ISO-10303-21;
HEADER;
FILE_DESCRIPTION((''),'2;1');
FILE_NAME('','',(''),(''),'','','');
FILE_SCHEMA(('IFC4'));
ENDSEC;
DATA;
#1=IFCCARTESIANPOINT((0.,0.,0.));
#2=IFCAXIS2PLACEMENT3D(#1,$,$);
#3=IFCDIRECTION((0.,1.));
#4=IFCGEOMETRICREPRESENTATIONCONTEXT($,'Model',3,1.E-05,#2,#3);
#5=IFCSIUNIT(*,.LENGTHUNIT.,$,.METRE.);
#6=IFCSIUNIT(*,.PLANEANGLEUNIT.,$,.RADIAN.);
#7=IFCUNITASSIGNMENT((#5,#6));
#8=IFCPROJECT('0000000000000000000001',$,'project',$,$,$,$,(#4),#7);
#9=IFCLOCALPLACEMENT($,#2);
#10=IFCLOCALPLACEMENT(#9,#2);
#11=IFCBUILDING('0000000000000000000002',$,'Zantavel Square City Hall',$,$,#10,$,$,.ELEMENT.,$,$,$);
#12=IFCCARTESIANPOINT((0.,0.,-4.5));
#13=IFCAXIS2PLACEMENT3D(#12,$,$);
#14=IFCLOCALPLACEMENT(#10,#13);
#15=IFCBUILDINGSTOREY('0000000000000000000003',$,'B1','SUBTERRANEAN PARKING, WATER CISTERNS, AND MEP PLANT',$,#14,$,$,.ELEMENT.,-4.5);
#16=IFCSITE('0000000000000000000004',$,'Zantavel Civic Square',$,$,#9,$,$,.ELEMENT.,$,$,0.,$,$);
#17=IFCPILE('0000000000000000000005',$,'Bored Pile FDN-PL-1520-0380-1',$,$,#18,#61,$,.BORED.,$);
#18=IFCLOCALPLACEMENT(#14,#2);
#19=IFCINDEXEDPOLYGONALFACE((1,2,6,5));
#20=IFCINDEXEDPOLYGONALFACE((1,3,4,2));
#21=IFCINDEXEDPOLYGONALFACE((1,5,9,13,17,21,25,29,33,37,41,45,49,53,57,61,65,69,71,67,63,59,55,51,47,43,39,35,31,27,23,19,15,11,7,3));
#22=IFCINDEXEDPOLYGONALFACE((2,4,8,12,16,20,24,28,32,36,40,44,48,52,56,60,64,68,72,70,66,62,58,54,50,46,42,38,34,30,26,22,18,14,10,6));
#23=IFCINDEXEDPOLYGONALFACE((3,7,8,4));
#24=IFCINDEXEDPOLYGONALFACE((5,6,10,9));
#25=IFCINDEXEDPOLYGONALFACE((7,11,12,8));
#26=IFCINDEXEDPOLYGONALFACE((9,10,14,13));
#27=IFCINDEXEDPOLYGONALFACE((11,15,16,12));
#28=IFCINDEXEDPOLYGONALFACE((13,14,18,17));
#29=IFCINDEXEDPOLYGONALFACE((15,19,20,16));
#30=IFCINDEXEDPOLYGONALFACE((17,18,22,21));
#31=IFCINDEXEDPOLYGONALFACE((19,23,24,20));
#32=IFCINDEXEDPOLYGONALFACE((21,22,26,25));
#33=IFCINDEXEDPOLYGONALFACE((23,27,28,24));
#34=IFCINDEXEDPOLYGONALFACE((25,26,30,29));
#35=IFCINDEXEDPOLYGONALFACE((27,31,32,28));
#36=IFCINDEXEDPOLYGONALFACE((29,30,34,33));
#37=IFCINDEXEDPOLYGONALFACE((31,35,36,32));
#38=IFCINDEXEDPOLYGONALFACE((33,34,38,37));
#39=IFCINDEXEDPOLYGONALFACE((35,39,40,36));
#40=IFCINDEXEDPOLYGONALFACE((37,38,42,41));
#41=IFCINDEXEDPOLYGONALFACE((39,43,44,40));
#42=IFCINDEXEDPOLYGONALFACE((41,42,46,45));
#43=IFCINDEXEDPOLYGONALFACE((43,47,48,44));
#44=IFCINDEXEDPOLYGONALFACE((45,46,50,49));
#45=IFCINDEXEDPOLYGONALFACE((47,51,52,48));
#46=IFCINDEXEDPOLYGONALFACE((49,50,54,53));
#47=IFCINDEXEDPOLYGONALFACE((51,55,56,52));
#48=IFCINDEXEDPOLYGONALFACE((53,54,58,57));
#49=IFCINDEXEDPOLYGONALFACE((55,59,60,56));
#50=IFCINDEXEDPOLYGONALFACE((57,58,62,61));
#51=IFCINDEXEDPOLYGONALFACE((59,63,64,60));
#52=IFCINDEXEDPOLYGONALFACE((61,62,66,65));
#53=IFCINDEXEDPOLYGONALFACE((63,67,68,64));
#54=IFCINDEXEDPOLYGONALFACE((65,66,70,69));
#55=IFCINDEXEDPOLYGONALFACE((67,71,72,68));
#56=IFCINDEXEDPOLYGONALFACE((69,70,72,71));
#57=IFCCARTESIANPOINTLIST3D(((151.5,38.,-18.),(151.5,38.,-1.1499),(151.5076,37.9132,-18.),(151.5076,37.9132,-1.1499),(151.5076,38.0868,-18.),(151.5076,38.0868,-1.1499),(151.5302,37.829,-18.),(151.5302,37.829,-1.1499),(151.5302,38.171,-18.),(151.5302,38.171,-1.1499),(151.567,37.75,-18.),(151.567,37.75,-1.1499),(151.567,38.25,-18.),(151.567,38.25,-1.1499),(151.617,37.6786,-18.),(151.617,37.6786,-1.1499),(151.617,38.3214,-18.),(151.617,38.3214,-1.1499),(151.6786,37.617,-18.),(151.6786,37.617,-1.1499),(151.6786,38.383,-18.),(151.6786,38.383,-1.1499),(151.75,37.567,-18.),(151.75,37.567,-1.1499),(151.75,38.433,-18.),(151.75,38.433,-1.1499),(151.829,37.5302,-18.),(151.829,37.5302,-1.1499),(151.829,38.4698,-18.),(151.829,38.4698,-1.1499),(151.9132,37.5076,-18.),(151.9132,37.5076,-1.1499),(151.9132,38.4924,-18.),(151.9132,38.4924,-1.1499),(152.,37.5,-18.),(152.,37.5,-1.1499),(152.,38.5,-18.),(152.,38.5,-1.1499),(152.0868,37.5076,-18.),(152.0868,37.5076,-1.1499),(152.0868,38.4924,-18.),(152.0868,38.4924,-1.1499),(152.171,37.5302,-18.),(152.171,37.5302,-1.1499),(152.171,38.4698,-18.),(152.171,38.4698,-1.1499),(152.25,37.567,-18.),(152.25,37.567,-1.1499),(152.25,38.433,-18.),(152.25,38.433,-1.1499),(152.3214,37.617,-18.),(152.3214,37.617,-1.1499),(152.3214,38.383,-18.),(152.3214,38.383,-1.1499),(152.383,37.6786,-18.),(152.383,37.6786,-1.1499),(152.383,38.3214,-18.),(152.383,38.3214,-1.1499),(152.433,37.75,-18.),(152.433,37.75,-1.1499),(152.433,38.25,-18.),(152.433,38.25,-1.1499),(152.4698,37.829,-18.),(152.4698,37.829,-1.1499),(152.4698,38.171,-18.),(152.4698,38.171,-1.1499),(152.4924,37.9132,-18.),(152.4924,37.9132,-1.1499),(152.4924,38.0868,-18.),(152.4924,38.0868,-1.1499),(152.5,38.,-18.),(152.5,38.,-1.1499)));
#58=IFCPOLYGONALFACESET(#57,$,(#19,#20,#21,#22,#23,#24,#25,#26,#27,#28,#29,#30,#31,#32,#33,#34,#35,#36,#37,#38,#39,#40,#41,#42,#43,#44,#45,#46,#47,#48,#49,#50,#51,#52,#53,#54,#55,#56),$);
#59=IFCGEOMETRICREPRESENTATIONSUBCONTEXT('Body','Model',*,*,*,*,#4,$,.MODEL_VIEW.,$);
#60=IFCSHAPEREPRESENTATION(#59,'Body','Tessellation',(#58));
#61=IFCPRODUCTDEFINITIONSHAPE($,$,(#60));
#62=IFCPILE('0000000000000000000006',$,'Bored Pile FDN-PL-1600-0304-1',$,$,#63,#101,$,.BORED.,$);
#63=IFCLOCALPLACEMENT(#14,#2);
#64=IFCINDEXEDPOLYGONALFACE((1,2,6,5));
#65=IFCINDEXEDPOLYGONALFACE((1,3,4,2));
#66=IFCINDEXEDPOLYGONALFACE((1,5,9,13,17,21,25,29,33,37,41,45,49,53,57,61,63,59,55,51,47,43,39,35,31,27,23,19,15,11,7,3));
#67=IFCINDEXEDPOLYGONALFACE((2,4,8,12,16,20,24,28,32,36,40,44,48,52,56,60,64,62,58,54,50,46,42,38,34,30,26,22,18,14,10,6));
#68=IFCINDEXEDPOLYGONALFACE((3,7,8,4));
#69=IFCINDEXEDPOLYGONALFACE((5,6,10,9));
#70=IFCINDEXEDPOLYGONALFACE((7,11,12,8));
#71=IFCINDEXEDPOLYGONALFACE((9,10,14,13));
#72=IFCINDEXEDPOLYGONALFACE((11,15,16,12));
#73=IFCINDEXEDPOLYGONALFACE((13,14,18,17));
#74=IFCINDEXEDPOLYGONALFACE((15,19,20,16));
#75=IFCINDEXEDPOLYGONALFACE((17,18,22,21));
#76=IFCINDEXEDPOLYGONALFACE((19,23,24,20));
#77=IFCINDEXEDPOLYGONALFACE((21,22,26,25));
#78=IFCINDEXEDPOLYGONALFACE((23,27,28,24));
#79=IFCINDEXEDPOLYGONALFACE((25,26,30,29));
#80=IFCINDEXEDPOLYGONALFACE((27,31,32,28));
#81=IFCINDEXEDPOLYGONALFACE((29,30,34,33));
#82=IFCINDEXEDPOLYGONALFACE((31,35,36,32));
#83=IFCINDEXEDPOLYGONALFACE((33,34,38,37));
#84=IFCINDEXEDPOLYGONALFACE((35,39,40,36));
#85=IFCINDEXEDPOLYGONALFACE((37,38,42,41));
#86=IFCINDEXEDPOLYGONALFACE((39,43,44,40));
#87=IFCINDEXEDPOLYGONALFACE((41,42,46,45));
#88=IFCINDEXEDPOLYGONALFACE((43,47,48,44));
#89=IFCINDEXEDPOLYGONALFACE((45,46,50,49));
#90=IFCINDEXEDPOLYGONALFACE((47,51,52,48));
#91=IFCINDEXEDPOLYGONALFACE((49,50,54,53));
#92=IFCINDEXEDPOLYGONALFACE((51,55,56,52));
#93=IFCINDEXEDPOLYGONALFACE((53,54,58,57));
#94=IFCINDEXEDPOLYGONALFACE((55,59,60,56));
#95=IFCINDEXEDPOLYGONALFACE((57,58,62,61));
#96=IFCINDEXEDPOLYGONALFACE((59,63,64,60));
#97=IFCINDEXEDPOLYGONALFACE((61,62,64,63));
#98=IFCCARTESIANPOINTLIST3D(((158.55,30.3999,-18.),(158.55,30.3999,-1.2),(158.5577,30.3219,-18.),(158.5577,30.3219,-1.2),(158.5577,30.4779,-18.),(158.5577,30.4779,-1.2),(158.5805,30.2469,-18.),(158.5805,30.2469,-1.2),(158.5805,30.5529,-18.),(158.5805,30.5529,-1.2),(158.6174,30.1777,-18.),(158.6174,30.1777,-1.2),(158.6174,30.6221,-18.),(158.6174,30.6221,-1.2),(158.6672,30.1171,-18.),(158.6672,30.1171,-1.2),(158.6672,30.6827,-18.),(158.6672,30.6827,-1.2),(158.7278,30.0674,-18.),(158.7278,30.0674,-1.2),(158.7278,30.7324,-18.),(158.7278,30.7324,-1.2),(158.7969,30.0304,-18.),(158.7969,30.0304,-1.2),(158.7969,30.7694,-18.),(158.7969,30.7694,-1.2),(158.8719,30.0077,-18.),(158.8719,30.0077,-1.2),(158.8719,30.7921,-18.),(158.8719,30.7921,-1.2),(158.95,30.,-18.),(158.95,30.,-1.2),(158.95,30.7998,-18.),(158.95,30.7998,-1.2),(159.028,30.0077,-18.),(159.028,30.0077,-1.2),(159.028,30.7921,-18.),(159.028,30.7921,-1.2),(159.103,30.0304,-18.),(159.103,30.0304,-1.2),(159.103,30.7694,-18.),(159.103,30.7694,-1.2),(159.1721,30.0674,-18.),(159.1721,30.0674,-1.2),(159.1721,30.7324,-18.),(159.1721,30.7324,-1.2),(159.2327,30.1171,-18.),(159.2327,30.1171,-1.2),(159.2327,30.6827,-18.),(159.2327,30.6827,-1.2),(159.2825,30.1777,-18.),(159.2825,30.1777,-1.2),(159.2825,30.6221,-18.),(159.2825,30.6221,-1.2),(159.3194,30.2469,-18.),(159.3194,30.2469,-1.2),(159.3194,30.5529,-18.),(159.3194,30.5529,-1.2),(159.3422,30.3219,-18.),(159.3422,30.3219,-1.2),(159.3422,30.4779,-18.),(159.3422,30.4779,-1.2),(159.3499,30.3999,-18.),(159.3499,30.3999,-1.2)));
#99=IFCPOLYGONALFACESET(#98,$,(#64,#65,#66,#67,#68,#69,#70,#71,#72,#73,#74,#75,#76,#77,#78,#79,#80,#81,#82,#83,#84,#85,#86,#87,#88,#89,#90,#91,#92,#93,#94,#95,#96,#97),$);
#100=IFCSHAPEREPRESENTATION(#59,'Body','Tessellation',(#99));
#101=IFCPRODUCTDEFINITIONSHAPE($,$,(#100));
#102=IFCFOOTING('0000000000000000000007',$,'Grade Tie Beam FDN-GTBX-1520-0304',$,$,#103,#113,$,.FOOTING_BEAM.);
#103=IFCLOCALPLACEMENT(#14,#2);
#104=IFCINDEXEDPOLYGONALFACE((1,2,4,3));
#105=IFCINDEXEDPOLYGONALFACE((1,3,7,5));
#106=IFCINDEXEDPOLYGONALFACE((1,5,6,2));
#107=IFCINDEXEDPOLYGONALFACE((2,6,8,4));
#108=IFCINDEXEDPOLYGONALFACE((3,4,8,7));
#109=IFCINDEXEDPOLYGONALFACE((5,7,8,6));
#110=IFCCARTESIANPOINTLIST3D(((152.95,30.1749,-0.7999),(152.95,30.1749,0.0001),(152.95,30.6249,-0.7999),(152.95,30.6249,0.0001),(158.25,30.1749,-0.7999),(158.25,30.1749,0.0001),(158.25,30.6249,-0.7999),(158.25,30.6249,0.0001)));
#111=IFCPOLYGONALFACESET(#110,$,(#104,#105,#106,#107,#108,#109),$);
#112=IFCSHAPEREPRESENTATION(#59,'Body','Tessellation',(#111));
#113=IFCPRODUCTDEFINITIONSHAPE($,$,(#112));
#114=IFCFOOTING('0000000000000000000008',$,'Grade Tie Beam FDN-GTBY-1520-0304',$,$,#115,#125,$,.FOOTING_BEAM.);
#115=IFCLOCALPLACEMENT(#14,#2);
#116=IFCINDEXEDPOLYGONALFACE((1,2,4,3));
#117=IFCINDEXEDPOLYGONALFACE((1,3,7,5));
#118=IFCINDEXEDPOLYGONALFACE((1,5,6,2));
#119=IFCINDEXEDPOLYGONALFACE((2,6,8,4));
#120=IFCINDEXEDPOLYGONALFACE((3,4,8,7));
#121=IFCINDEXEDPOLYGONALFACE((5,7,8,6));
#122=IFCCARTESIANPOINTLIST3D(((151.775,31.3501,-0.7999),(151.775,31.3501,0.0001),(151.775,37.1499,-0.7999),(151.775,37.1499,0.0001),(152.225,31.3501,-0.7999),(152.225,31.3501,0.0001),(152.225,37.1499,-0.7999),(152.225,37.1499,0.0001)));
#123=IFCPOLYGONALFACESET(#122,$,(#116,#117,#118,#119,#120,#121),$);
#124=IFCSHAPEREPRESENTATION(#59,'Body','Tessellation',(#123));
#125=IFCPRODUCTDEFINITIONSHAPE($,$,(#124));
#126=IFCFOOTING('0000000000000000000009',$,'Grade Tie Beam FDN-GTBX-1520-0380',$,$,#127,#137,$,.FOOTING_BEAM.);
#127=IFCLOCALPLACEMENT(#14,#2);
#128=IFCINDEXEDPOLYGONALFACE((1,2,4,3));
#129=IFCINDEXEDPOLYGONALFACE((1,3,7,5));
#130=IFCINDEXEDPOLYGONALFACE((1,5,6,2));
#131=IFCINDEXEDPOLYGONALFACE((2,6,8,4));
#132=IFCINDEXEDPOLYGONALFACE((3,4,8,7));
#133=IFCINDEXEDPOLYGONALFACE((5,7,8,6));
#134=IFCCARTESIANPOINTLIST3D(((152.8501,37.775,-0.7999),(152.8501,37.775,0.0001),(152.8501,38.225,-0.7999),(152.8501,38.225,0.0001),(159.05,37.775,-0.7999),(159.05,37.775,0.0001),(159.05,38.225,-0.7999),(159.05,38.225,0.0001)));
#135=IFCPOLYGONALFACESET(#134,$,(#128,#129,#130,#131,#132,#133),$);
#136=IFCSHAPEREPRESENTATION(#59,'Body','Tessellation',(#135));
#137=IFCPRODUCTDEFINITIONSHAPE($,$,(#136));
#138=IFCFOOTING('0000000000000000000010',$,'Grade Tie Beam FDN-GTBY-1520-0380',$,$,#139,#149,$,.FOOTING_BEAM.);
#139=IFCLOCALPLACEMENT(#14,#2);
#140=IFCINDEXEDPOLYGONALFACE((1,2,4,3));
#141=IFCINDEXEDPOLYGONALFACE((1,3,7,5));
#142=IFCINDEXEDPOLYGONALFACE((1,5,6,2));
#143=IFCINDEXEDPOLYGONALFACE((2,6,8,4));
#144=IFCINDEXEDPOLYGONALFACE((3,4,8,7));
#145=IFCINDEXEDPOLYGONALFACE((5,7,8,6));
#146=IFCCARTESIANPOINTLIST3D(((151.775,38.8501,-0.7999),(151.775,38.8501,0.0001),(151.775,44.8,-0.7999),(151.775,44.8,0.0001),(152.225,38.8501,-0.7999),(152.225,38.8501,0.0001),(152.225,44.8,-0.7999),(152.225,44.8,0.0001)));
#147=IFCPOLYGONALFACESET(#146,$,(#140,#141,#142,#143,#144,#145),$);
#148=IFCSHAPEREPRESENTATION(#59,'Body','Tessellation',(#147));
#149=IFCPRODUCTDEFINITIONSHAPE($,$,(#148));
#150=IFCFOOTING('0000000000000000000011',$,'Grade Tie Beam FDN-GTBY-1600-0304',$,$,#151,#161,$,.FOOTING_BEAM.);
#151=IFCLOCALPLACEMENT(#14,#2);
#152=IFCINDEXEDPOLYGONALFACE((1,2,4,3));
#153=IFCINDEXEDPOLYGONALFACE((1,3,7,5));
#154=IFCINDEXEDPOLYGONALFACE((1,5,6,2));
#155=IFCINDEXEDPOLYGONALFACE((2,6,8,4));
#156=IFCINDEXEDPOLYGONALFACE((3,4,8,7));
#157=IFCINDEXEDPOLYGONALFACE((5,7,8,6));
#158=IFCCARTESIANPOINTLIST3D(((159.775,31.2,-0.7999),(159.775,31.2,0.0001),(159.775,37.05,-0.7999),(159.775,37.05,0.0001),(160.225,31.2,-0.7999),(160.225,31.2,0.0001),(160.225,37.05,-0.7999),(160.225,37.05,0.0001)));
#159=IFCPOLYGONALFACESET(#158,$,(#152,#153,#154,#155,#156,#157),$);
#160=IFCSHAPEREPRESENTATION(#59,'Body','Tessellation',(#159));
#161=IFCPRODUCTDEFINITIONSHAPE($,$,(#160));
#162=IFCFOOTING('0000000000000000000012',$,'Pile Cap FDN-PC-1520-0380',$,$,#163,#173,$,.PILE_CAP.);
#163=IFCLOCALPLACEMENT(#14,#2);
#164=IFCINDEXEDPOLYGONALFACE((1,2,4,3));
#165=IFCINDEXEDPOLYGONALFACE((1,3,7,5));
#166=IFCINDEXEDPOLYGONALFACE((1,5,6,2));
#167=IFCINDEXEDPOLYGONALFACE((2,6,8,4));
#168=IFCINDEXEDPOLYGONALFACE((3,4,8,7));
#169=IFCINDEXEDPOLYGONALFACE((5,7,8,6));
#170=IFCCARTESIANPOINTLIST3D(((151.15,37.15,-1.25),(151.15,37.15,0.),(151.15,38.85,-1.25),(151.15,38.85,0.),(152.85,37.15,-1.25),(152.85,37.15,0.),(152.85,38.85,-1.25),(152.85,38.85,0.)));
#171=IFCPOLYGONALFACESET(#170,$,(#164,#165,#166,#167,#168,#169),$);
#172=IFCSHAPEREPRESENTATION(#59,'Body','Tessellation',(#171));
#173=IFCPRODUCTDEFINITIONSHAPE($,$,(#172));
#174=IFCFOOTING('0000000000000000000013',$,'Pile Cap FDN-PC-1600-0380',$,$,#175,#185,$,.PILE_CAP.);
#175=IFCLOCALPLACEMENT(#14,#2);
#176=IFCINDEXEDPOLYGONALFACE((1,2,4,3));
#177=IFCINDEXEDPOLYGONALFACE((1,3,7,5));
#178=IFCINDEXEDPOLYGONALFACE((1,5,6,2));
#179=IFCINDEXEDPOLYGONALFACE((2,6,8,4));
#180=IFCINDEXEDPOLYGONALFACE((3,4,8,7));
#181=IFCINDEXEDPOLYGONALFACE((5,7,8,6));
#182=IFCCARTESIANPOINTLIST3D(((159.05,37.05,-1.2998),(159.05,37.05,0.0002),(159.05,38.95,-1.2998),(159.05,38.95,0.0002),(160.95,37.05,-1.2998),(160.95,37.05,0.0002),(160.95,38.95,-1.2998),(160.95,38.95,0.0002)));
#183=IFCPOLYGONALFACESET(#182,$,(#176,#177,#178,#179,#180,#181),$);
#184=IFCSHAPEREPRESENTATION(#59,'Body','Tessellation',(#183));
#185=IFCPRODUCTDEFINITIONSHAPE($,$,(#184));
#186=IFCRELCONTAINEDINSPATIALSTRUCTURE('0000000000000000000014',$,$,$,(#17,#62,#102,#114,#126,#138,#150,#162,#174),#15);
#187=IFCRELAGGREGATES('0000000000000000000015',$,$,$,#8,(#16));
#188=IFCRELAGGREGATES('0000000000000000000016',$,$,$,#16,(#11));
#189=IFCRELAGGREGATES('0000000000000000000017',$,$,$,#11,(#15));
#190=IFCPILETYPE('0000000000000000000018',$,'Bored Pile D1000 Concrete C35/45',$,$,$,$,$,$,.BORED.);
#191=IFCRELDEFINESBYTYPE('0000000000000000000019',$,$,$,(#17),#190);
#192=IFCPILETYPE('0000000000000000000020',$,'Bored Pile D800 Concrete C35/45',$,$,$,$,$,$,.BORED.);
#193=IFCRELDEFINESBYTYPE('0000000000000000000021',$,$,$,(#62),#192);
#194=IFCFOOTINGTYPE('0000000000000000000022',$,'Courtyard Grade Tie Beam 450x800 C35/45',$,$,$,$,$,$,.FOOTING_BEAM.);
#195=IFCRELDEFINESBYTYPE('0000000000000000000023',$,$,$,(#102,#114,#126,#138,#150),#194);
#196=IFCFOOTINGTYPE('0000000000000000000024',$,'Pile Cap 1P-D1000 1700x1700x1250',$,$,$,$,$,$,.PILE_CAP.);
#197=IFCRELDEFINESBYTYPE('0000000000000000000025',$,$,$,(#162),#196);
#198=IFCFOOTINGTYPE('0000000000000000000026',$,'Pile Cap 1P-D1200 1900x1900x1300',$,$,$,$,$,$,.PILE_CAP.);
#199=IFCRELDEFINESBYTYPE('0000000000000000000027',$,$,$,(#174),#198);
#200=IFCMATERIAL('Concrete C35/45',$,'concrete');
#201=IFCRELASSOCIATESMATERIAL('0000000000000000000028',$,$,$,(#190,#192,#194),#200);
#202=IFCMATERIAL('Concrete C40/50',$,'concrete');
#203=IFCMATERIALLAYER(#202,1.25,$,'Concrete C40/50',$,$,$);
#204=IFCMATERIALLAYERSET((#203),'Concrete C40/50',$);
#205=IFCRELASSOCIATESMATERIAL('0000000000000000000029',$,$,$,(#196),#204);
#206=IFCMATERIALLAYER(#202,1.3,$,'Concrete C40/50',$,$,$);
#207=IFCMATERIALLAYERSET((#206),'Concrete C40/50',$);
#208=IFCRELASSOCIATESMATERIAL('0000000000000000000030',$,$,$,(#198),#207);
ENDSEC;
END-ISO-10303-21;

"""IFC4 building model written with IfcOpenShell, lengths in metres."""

from ifc_helpers import new_model, si_unit, direction, frame, origin, origin_2d, place, context, subcontext, project, spatial, rectangle, circle, extrude, material, layer, layer_set, material_profile, profile_set, type_object, element, save


model = new_model("IFC4")

# Units and contexts
model_context = context("Model", 3, precision=1e-05, world=origin(), true_north=direction((0.0, 1.0)))
body_context = subcontext(model_context, "Body", "Model", "MODEL_VIEW")
ifc_project = project(units=[si_unit("LENGTHUNIT", "METRE"), si_unit("PLANEANGLEUNIT", "RADIAN")], contexts=[model_context])

# Site, building, storey
site_placement = place(None, origin())
site = spatial("IfcSite", under=ifc_project, at=site_placement, Name="Zantavel Civic Square", CompositionType="ELEMENT", RefElevation=0.0)
building_placement = place(site_placement, origin())
building = spatial("IfcBuilding", under=site, at=building_placement, Name="Zantavel Square City Hall", CompositionType="ELEMENT")
storey_placement = place(building_placement, frame((0.0, 0.0, -4.5)))
storey = spatial("IfcBuildingStorey", under=building, at=storey_placement, Name="B1", Description="SUBTERRANEAN PARKING, WATER CISTERNS, AND MEP PLANT", CompositionType="ELEMENT", Elevation=-4.5)

# Piles
ifc_material_1 = material(Name="Concrete C35/45", Category="concrete")
ifc_material_profile_1 = material_profile(ifc_material_1, circle(Radius=0.5, at=origin_2d()), Name="PILE D1000")
ifc_profile_set_1 = profile_set([ifc_material_profile_1], Name="Concrete C35/45")
pile_type_1 = type_object("IfcPileType", Name="Bored Pile D1000 Concrete C35/45", PredefinedType="BORED", material=ifc_profile_set_1)
pile_1_placement = place(storey_placement, frame((152.0, 38.0, -1.1499), z_axis=(0.0, 0.0, -1.0), x_axis=(1.0, 0.0, 0.0)))
element("IfcPile", 1, at=pile_1_placement, inside=storey, type_object=pile_type_1, Name="Bored Pile FDN-PL-1520-0380-1", PredefinedType="BORED", context=body_context, shape_type="SweptSolid", body=[
    extrude(circle(Radius=0.5, at=origin_2d()), origin(), (0.0, 0.0, 1.0), 16.8501),
])
ifc_material_profile_2 = material_profile(ifc_material_1, circle(Radius=0.3999, at=origin_2d()), Name="PILE D800")
ifc_profile_set_2 = profile_set([ifc_material_profile_2], Name="Concrete C35/45")
pile_type_2 = type_object("IfcPileType", Name="Bored Pile D800 Concrete C35/45", PredefinedType="BORED", material=ifc_profile_set_2)
pile_2_placement = place(storey_placement, frame((158.95, 30.3999, -1.2), z_axis=(0.0, 0.0, -1.0), x_axis=(1.0, 0.0, 0.0)))
element("IfcPile", 2, at=pile_2_placement, inside=storey, type_object=pile_type_2, Name="Bored Pile FDN-PL-1600-0304-1", PredefinedType="BORED", context=body_context, shape_type="SweptSolid", body=[
    extrude(circle(Radius=0.3999, at=origin_2d()), origin(), (0.0, 0.0, 1.0), 16.8),
])

# Footings
ifc_material_profile_3 = material_profile(ifc_material_1, rectangle(XDim=0.45, YDim=0.8, at=origin_2d()), Name="RC 450x800")
ifc_profile_set_3 = profile_set([ifc_material_profile_3], Name="Concrete C35/45")
footing_type_1 = type_object("IfcFootingType", Name="Courtyard Grade Tie Beam 450x800 C35/45", PredefinedType="FOOTING_BEAM", material=ifc_profile_set_3)
footing_1_placement = place(storey_placement, frame((152.95, 30.3999, -0.3999), z_axis=(1.0, 0.0, 0.0), x_axis=(0.0, 1.0, 0.0)))
element("IfcFooting", 3, at=footing_1_placement, inside=storey, type_object=footing_type_1, Name="Grade Tie Beam FDN-GTBX-1520-0304", PredefinedType="FOOTING_BEAM", context=body_context, shape_type="SweptSolid", body=[
    extrude(rectangle(XDim=0.45, YDim=0.8, at=origin_2d()), origin(), (0.0, 0.0, 1.0), 5.3),
])
footing_2_placement = place(storey_placement, frame((152.0, 31.3501, -0.3999), z_axis=(0.0, 1.0, 0.0), x_axis=(-1.0, 0.0, 0.0)))
element("IfcFooting", 4, at=footing_2_placement, inside=storey, type_object=footing_type_1, Name="Grade Tie Beam FDN-GTBY-1520-0304", PredefinedType="FOOTING_BEAM", context=body_context, shape_type="SweptSolid", body=[
    extrude(rectangle(XDim=0.45, YDim=0.8, at=origin_2d()), origin(), (0.0, 0.0, 1.0), 5.7998),
])
footing_3_placement = place(storey_placement, frame((152.8501, 38.0, -0.3999), z_axis=(1.0, 0.0, 0.0), x_axis=(0.0, 1.0, 0.0)))
element("IfcFooting", 5, at=footing_3_placement, inside=storey, type_object=footing_type_1, Name="Grade Tie Beam FDN-GTBX-1520-0380", PredefinedType="FOOTING_BEAM", context=body_context, shape_type="SweptSolid", body=[
    extrude(rectangle(XDim=0.45, YDim=0.8, at=origin_2d()), origin(), (0.0, 0.0, 1.0), 6.2),
])
footing_4_placement = place(storey_placement, frame((152.0, 38.8501, -0.3999), z_axis=(0.0, 1.0, 0.0), x_axis=(-1.0, 0.0, 0.0)))
element("IfcFooting", 6, at=footing_4_placement, inside=storey, type_object=footing_type_1, Name="Grade Tie Beam FDN-GTBY-1520-0380", PredefinedType="FOOTING_BEAM", context=body_context, shape_type="SweptSolid", body=[
    extrude(rectangle(XDim=0.45, YDim=0.8, at=origin_2d()), origin(), (0.0, 0.0, 1.0), 5.95),
])
footing_5_placement = place(storey_placement, frame((160.0, 31.2, -0.3999), z_axis=(0.0, 1.0, 0.0), x_axis=(-1.0, 0.0, 0.0)))
element("IfcFooting", 7, at=footing_5_placement, inside=storey, type_object=footing_type_1, Name="Grade Tie Beam FDN-GTBY-1600-0304", PredefinedType="FOOTING_BEAM", context=body_context, shape_type="SweptSolid", body=[
    extrude(rectangle(XDim=0.45, YDim=0.8, at=origin_2d()), origin(), (0.0, 0.0, 1.0), 5.8501),
])
ifc_material_2 = material(Name="Concrete C40/50", Category="concrete")
ifc_layer_1 = layer(ifc_material_2, 1.25, Name="Concrete C40/50")
ifc_layer_set_1 = layer_set([ifc_layer_1], Name="Concrete C40/50")
footing_type_2 = type_object("IfcFootingType", Name="Pile Cap 1P-D1000 1700x1700x1250", PredefinedType="PILE_CAP", material=ifc_layer_set_1)
footing_6_placement = place(storey_placement, frame((152.0, 38.0, -1.25), z_axis=(0.0, 0.0, 1.0), x_axis=(1.0, 0.0, 0.0)))
element("IfcFooting", 8, at=footing_6_placement, inside=storey, type_object=footing_type_2, Name="Pile Cap FDN-PC-1520-0380", PredefinedType="PILE_CAP", context=body_context, shape_type="SweptSolid", body=[
    extrude(rectangle(XDim=1.7, YDim=1.7, at=origin_2d()), origin(), (0.0, 0.0, 1.0), 1.25),
])
ifc_layer_2 = layer(ifc_material_2, 1.3, Name="Concrete C40/50")
ifc_layer_set_2 = layer_set([ifc_layer_2], Name="Concrete C40/50")
footing_type_3 = type_object("IfcFootingType", Name="Pile Cap 1P-D1200 1900x1900x1300", PredefinedType="PILE_CAP", material=ifc_layer_set_2)
footing_7_placement = place(storey_placement, frame((160.0, 38.0, -1.2998), z_axis=(0.0, 0.0, 1.0), x_axis=(1.0, 0.0, 0.0)))
element("IfcFooting", 9, at=footing_7_placement, inside=storey, type_object=footing_type_3, Name="Pile Cap FDN-PC-1600-0380", PredefinedType="PILE_CAP", context=body_context, shape_type="SweptSolid", body=[
    extrude(rectangle(XDim=1.8999, YDim=1.8999, at=origin_2d()), origin(), (0.0, 0.0, 1.0), 1.3),
])

save(model, "model.ifc")
